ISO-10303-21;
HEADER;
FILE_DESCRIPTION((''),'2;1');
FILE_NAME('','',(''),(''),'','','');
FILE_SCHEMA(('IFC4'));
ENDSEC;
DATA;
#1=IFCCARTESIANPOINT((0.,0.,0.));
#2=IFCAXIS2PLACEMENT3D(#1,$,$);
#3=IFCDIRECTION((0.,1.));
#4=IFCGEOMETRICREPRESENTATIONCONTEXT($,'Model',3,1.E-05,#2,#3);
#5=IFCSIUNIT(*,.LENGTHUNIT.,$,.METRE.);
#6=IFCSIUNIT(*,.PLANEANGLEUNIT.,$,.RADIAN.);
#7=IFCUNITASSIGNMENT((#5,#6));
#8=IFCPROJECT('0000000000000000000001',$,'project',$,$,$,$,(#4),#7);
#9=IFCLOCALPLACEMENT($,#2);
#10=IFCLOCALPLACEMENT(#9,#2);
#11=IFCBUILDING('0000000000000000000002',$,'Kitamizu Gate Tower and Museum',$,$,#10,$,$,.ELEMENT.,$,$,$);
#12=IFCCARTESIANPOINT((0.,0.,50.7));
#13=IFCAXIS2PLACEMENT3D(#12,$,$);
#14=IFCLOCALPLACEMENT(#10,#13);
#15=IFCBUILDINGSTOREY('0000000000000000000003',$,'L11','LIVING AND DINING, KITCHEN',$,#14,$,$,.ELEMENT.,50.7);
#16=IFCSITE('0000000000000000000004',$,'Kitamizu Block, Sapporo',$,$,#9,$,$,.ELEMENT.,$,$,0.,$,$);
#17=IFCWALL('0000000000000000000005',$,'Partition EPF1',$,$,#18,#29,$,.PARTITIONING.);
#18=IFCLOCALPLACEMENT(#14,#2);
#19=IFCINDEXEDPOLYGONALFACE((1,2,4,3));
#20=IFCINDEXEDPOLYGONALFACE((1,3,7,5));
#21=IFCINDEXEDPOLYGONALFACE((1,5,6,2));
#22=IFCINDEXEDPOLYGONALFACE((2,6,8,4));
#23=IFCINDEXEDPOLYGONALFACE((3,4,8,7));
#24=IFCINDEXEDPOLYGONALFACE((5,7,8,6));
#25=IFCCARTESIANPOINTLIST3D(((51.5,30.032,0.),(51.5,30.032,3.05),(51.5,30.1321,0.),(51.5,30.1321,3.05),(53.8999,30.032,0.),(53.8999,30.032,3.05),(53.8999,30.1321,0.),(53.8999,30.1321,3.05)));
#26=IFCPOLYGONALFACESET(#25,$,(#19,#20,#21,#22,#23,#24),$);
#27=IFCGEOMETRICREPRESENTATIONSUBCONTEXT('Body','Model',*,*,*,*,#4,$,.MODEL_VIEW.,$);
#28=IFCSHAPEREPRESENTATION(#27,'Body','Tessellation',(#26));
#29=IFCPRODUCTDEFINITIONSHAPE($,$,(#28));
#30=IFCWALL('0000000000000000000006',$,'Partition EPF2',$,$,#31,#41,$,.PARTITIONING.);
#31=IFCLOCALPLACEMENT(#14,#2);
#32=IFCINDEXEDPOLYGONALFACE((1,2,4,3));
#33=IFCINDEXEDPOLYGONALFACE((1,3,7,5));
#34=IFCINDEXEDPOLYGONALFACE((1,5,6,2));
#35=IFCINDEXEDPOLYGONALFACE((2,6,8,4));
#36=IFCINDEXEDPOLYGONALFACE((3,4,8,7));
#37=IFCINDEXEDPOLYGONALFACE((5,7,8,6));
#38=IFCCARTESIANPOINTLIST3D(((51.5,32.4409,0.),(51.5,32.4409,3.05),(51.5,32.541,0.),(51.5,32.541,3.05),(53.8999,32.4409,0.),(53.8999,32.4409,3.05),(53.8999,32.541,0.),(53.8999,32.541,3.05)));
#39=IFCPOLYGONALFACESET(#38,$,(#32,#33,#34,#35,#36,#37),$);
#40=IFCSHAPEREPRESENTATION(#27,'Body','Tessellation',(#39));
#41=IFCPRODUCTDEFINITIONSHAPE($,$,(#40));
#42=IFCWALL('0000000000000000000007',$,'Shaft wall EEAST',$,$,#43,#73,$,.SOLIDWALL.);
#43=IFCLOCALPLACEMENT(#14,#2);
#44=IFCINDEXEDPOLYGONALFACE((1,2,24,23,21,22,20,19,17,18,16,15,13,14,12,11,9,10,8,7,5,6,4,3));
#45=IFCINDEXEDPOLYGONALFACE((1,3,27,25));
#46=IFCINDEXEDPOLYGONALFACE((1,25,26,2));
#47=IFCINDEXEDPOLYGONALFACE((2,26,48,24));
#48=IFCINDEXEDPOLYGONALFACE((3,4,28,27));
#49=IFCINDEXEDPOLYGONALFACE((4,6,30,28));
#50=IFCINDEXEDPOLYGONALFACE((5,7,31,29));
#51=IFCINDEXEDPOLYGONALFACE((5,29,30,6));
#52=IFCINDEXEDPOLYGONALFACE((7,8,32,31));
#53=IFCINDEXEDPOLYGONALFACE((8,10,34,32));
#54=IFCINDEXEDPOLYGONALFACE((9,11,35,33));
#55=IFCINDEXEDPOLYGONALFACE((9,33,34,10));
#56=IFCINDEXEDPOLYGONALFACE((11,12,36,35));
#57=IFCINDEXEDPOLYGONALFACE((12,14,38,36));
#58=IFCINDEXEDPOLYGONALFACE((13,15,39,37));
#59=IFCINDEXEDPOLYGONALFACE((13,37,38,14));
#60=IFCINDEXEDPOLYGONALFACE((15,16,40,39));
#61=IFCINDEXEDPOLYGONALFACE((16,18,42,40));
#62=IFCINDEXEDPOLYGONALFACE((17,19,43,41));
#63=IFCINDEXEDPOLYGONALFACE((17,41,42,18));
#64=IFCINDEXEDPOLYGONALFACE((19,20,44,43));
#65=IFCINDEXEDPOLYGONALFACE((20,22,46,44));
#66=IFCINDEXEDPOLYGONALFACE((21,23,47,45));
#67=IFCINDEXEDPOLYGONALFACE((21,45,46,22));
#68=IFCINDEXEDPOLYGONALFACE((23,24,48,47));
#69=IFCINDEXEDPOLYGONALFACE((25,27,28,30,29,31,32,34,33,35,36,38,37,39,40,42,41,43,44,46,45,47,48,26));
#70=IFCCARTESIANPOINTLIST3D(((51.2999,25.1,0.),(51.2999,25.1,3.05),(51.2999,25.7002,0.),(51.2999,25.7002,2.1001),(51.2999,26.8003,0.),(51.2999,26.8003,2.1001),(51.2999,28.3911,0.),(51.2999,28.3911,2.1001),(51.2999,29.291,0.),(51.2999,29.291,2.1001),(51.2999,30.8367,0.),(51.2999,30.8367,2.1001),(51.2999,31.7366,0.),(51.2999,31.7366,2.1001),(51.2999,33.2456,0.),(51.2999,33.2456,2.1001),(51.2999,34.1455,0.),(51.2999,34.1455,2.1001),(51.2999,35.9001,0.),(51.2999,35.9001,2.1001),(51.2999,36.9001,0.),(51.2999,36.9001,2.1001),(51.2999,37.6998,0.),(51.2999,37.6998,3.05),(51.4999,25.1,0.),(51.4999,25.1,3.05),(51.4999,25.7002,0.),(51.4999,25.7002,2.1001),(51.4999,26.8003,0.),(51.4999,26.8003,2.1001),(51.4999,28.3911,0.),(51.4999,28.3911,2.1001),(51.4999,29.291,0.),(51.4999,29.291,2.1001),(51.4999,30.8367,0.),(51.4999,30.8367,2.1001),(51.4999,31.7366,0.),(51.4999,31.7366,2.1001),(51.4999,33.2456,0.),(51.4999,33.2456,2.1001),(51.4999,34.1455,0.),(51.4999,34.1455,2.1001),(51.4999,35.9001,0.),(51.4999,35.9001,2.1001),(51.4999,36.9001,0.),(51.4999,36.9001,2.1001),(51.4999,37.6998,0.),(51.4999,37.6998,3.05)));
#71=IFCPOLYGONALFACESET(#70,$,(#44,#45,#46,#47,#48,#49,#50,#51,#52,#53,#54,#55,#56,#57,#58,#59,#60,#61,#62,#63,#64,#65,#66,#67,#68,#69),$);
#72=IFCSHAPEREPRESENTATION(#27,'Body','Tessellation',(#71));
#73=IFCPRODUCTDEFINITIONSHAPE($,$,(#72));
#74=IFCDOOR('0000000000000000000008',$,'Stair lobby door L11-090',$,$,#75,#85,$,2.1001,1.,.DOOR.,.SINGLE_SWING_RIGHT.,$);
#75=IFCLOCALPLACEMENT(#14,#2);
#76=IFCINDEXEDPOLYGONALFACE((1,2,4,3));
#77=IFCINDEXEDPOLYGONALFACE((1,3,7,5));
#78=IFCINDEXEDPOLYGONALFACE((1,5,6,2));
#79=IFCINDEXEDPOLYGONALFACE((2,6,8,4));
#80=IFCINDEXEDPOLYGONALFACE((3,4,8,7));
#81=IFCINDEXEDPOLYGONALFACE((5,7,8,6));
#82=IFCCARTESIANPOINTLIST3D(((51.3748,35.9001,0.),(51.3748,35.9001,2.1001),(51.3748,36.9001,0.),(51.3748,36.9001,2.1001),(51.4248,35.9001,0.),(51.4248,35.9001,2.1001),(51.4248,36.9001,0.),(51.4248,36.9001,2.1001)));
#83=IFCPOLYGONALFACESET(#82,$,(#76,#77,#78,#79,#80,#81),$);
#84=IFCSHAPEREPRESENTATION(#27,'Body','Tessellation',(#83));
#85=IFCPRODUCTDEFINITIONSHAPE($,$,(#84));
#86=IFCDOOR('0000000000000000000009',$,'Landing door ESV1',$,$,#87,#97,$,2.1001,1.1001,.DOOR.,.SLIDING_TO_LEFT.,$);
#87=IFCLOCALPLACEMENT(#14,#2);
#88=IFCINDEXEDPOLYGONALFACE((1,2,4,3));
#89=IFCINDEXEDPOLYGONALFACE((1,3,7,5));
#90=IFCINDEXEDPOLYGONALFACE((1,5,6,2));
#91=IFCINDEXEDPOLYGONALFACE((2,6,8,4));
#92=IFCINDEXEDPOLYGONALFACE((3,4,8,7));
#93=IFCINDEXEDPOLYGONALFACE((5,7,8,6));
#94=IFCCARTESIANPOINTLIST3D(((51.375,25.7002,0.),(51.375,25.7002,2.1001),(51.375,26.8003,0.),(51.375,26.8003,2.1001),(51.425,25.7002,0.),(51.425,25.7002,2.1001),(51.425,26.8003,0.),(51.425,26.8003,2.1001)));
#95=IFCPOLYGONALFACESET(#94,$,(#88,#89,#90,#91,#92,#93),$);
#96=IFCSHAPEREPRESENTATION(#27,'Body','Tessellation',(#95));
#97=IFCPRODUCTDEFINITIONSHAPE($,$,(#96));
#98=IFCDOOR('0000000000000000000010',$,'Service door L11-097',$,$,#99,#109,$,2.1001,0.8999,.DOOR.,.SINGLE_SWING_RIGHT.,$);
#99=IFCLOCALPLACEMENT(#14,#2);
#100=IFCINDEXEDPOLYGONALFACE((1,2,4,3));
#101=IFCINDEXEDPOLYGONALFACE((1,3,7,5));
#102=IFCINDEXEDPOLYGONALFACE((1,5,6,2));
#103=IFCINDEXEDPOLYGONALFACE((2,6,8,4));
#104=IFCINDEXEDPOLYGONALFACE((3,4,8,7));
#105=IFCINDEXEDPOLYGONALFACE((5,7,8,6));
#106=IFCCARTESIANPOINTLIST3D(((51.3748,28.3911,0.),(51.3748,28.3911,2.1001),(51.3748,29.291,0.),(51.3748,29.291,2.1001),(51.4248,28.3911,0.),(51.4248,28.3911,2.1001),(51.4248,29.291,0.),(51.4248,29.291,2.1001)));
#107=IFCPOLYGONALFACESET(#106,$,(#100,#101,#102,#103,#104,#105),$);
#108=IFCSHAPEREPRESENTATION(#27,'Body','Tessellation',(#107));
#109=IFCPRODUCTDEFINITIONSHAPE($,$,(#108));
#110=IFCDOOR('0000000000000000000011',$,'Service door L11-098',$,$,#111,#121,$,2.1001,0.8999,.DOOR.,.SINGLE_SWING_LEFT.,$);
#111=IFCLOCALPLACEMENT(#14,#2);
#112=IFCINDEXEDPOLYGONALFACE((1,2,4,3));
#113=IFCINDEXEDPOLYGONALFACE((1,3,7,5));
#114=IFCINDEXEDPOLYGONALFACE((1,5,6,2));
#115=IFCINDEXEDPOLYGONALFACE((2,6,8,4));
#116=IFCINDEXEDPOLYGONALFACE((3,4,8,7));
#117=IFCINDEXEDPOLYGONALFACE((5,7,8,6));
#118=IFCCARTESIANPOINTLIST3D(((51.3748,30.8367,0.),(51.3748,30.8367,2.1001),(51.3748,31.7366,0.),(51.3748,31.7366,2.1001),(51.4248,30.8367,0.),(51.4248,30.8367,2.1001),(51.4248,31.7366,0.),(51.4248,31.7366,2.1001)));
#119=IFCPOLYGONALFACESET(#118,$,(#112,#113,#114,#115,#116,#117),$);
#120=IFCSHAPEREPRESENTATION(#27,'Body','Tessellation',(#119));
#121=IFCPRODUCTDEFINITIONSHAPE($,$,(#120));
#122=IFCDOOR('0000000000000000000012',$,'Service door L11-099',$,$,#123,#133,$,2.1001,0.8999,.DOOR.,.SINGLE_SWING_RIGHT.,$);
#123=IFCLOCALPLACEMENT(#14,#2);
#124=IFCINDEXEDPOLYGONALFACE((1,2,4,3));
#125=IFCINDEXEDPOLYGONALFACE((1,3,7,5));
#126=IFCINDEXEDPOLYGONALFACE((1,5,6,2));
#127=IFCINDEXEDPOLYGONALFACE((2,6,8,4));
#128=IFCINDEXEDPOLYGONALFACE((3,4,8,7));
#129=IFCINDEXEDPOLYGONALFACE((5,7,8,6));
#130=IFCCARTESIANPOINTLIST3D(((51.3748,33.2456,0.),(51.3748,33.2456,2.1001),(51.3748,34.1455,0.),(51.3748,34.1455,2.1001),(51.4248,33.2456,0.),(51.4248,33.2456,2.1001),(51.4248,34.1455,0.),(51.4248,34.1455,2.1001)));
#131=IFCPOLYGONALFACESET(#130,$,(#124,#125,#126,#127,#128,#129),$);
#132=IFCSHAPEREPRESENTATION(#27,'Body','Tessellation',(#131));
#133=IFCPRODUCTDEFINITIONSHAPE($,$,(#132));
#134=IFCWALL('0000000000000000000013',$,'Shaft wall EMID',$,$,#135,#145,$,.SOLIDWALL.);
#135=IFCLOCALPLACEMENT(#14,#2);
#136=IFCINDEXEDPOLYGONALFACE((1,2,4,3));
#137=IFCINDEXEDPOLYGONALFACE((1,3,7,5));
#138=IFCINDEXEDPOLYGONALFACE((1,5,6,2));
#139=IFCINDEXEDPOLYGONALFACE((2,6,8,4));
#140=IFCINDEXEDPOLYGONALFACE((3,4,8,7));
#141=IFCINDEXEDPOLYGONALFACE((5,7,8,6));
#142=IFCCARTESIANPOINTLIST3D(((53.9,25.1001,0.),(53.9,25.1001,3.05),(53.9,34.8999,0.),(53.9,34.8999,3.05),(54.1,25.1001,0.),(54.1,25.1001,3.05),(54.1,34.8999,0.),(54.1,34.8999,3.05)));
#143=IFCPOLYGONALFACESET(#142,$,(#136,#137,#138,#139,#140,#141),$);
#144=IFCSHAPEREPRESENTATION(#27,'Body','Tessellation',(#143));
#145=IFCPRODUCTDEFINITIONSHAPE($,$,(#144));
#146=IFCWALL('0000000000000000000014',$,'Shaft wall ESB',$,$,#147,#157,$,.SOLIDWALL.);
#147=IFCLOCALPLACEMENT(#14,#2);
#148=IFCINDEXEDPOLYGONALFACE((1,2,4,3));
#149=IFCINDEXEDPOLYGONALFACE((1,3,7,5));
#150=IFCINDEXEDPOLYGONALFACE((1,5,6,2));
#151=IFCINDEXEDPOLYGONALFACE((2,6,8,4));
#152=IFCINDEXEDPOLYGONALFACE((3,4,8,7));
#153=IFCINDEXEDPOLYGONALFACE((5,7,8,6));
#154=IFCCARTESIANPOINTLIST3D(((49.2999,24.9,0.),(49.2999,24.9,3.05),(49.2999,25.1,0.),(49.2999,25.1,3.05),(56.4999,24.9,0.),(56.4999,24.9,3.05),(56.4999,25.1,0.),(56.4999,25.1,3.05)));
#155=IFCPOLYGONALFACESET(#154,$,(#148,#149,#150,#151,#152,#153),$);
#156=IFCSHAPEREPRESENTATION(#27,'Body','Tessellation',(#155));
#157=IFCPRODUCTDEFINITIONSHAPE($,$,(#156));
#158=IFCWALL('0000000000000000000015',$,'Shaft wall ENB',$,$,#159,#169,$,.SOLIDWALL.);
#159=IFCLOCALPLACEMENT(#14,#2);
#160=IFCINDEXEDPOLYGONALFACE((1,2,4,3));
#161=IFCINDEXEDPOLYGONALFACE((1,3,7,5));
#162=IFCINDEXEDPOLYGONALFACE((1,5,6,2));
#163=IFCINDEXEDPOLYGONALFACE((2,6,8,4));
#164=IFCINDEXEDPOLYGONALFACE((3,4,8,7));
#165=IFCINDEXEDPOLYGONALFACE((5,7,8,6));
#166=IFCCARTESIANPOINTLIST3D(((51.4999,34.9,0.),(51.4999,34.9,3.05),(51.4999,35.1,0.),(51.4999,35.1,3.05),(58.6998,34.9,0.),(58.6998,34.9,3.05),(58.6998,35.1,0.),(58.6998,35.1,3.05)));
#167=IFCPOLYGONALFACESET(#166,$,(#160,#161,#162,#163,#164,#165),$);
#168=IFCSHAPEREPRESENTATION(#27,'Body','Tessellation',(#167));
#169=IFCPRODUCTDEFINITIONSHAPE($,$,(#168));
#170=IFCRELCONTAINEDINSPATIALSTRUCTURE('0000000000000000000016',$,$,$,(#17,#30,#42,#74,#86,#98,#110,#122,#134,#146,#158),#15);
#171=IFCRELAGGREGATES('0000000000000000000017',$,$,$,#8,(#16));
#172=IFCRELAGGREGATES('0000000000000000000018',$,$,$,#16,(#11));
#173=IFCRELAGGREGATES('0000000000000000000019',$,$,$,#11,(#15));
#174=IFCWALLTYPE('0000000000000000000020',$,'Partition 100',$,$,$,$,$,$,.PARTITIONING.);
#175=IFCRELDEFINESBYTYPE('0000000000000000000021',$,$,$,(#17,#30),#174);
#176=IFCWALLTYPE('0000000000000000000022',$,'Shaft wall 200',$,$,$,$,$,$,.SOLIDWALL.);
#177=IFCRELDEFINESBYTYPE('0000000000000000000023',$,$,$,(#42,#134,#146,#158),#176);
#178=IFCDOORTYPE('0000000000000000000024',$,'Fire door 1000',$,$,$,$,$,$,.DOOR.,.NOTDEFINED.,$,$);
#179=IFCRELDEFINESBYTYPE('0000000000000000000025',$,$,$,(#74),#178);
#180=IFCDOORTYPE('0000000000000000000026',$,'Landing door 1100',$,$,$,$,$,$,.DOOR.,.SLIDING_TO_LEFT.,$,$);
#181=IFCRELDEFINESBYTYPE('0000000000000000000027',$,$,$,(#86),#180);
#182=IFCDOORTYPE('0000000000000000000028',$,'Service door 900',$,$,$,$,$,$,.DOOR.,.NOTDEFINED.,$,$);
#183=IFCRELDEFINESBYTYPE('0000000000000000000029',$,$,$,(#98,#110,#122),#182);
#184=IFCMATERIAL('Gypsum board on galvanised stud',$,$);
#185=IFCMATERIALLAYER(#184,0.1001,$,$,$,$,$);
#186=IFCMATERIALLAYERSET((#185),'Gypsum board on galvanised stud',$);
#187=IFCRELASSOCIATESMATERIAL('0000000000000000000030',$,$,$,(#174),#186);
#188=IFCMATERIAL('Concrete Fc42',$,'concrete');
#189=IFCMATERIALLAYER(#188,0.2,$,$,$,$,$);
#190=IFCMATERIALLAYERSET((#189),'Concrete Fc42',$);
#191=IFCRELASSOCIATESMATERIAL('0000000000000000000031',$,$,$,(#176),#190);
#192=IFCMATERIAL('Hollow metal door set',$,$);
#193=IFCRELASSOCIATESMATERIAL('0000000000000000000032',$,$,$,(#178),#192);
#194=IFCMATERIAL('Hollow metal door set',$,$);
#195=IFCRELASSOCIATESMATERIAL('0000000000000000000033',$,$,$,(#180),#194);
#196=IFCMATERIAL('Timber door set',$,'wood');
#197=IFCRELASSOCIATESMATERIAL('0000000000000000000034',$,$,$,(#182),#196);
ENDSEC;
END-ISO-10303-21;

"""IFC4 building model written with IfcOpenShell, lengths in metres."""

from ifc_helpers import new_model, si_unit, direction, frame, frame_2d, origin, place, context, subcontext, project, spatial, rectangle, extrude, material, layer, layer_set, type_object, element, fill, save


model = new_model("IFC4")

# Units and contexts
model_context = context("Model", 3, precision=1e-05, world=origin(), true_north=direction((0.0, 1.0)))
body_context = subcontext(model_context, "Body", "Model", "MODEL_VIEW")
ifc_project = project(units=[si_unit("LENGTHUNIT", "METRE"), si_unit("PLANEANGLEUNIT", "RADIAN")], contexts=[model_context])

# Site, building, storey
site_placement = place(None, origin())
site = spatial("IfcSite", under=ifc_project, at=site_placement, Name="Kitamizu Block, Sapporo", CompositionType="ELEMENT", RefElevation=0.0)
building_placement = place(site_placement, origin())
building = spatial("IfcBuilding", under=site, at=building_placement, Name="Kitamizu Gate Tower and Museum", CompositionType="ELEMENT")
storey_placement = place(building_placement, frame((0.0, 0.0, 50.7)))
storey = spatial("IfcBuildingStorey", under=building, at=storey_placement, Name="L11", Description="LIVING AND DINING, KITCHEN", CompositionType="ELEMENT", Elevation=50.7)

# Walls
ifc_material_1 = material(Name="Gypsum board on galvanised stud")
ifc_layer_1 = layer(ifc_material_1, 0.1001)
ifc_layer_set_1 = layer_set([ifc_layer_1], Name="Gypsum board on galvanised stud")
wall_type_1 = type_object("IfcWallType", Name="Partition 100", PredefinedType="PARTITIONING", material=ifc_layer_set_1)
for number, where, z_axis, x_axis, name in (
    (1, (53.8999, 30.082, 0.0), (0.0, 0.0, 1.0), (-1.0, 0.0, 0.0), "Partition EPF1"),
    (2, (53.8999, 32.491, 0.0), (0.0, 0.0, 1.0), (-1.0, 0.0, 0.0), "Partition EPF2"),
):
    element("IfcWall", number, at=place(storey_placement, frame(where, z_axis=z_axis, x_axis=x_axis)), inside=storey, type_object=wall_type_1, Name=name, PredefinedType="PARTITIONING", context=body_context, shape_type="SweptSolid", body=[
        extrude(rectangle(XDim=2.3999, YDim=0.1001, at=frame_2d((1.2, 0.0))), origin(), (0.0, 0.0, 1.0), 3.05),
    ])

# Wall, openings, doors
ifc_material_2 = material(Name="Concrete Fc42", Category="concrete")
ifc_layer_2 = layer(ifc_material_2, 0.2)
ifc_layer_set_2 = layer_set([ifc_layer_2], Name="Concrete Fc42")
wall_type_2 = type_object("IfcWallType", Name="Shaft wall 200", PredefinedType="SOLIDWALL", material=ifc_layer_set_2)
wall_1_placement = place(storey_placement, frame((51.3999, 25.1001, 0.0), z_axis=(0.0, 0.0, 1.0), x_axis=(0.0, 1.0, 0.0)))
wall_1 = element("IfcWall", 3, at=wall_1_placement, inside=storey, type_object=wall_type_2, Name="Shaft wall EEAST", PredefinedType="SOLIDWALL", context=body_context, shape_type="SweptSolid", body=[
    extrude(rectangle(XDim=12.5999, YDim=0.2, at=frame_2d((6.2998, 0.0))), origin(), (0.0, 0.0, 1.0), 3.05),
])
opening_1_placement = place(wall_1_placement, frame((0.6001, 0.0, 0.0)))
opening_1 = element("IfcOpeningElement", 4, at=opening_1_placement, cuts=wall_1, PredefinedType="OPENING", context=body_context, shape_type="SweptSolid", body=[
    extrude(rectangle(XDim=1.1001, YDim=2.1001, at=frame_2d((0.55, 1.05))), frame((0.0, 0.1099, 0.0), z_axis=(0.0, -1.0, 0.0), x_axis=(1.0, 0.0, 0.0)), (0.0, 0.0, 1.0), 0.22),
])
opening_2_placement = place(wall_1_placement, frame((10.8, 0.0, 0.0)))
opening_2 = element("IfcOpeningElement", 5, at=opening_2_placement, cuts=wall_1, PredefinedType="OPENING", context=body_context, shape_type="SweptSolid", body=[
    extrude(rectangle(XDim=1.0, YDim=2.1001, at=frame_2d((0.5, 1.05))), frame((0.0, 0.1099, 0.0), z_axis=(0.0, -1.0, 0.0), x_axis=(1.0, 0.0, 0.0)), (0.0, 0.0, 1.0), 0.22),
])
opening_3_placement = place(wall_1_placement, frame((3.291, 0.0, 0.0)))
opening_3 = element("IfcOpeningElement", 6, at=opening_3_placement, cuts=wall_1, PredefinedType="OPENING", context=body_context, shape_type="SweptSolid", body=[
    extrude(rectangle(XDim=0.8999, YDim=2.1001, at=frame_2d((0.45, 1.05))), frame((0.0, 0.1099, 0.0), z_axis=(0.0, -1.0, 0.0), x_axis=(1.0, 0.0, 0.0)), (0.0, 0.0, 1.0), 0.22),
])
opening_4_placement = place(wall_1_placement, frame((5.7366, 0.0, 0.0)))
opening_4 = element("IfcOpeningElement", 7, at=opening_4_placement, cuts=wall_1, PredefinedType="OPENING", context=body_context, shape_type="SweptSolid", body=[
    extrude(rectangle(XDim=0.8999, YDim=2.1001, at=frame_2d((0.45, 1.05))), frame((0.0, 0.1099, 0.0), z_axis=(0.0, -1.0, 0.0), x_axis=(1.0, 0.0, 0.0)), (0.0, 0.0, 1.0), 0.22),
])
opening_5_placement = place(wall_1_placement, frame((8.1455, 0.0, 0.0)))
opening_5 = element("IfcOpeningElement", 8, at=opening_5_placement, cuts=wall_1, PredefinedType="OPENING", context=body_context, shape_type="SweptSolid", body=[
    extrude(rectangle(XDim=0.8999, YDim=2.1001, at=frame_2d((0.45, 1.05))), frame((0.0, 0.1099, 0.0), z_axis=(0.0, -1.0, 0.0), x_axis=(1.0, 0.0, 0.0)), (0.0, 0.0, 1.0), 0.22),
])
ifc_material_3 = material(Name="Hollow metal door set")
door_type_1 = type_object("IfcDoorType", Name="Fire door 1000", OperationType="NOTDEFINED", PredefinedType="DOOR", material=ifc_material_3)
door_1_placement = place(opening_2_placement, frame((1.0, 0.0, 0.0), x_axis=(-1.0, 0.0, 0.0)))
door_1 = element("IfcDoor", 9, at=door_1_placement, inside=storey, type_object=door_type_1, Name="Stair lobby door L11-090", OperationType="SINGLE_SWING_RIGHT", OverallHeight=2.1001, OverallWidth=1.0, PredefinedType="DOOR", context=body_context, shape_type="SweptSolid", body=[
    extrude(rectangle(XDim=1.0, YDim=2.1001, at=frame_2d((0.5, 1.05))), frame((0.0, 0.0249, 0.0), z_axis=(0.0, -1.0, 0.0), x_axis=(1.0, 0.0, 0.0)), (0.0, 0.0, 1.0), 0.05),
])
fill(opening_2, door_1)
ifc_material_4 = material(Name="Hollow metal door set")
door_type_2 = type_object("IfcDoorType", Name="Landing door 1100", OperationType="SLIDING_TO_LEFT", PredefinedType="DOOR", material=ifc_material_4)
door_2_placement = place(opening_1_placement, origin())
door_2 = element("IfcDoor", 10, at=door_2_placement, inside=storey, type_object=door_type_2, Name="Landing door ESV1", OperationType="SLIDING_TO_LEFT", OverallHeight=2.1001, OverallWidth=1.1001, PredefinedType="DOOR", context=body_context, shape_type="SweptSolid", body=[
    extrude(rectangle(XDim=1.1001, YDim=2.1001, at=frame_2d((0.55, 1.05))), frame((0.0, 0.0249, 0.0), z_axis=(0.0, -1.0, 0.0), x_axis=(1.0, 0.0, 0.0)), (0.0, 0.0, 1.0), 0.05),
])
fill(opening_1, door_2)
ifc_material_5 = material(Name="Timber door set", Category="wood")
door_type_3 = type_object("IfcDoorType", Name="Service door 900", OperationType="NOTDEFINED", PredefinedType="DOOR", material=ifc_material_5)
door_3_placement = place(opening_3_placement, frame((0.8999, 0.0, 0.0), x_axis=(-1.0, 0.0, 0.0)))
door_3 = element("IfcDoor", 11, at=door_3_placement, inside=storey, type_object=door_type_3, Name="Service door L11-097", OperationType="SINGLE_SWING_RIGHT", OverallHeight=2.1001, OverallWidth=0.8999, PredefinedType="DOOR", context=body_context, shape_type="SweptSolid", body=[
    extrude(rectangle(XDim=0.8999, YDim=2.1001, at=frame_2d((0.45, 1.05))), frame((0.0, 0.0249, 0.0), z_axis=(0.0, -1.0, 0.0), x_axis=(1.0, 0.0, 0.0)), (0.0, 0.0, 1.0), 0.05),
])
fill(opening_3, door_3)
door_4_placement = place(opening_4_placement, frame((0.8999, 0.0, 0.0), x_axis=(-1.0, 0.0, 0.0)))
door_4 = element("IfcDoor", 12, at=door_4_placement, inside=storey, type_object=door_type_3, Name="Service door L11-098", OperationType="SINGLE_SWING_LEFT", OverallHeight=2.1001, OverallWidth=0.8999, PredefinedType="DOOR", context=body_context, shape_type="SweptSolid", body=[
    extrude(rectangle(XDim=0.8999, YDim=2.1001, at=frame_2d((0.45, 1.05))), frame((0.0, 0.0249, 0.0), z_axis=(0.0, -1.0, 0.0), x_axis=(1.0, 0.0, 0.0)), (0.0, 0.0, 1.0), 0.05),
])
fill(opening_4, door_4)
door_5_placement = place(opening_5_placement, frame((0.8999, 0.0, 0.0), x_axis=(-1.0, 0.0, 0.0)))
door_5 = element("IfcDoor", 13, at=door_5_placement, inside=storey, type_object=door_type_3, Name="Service door L11-099", OperationType="SINGLE_SWING_RIGHT", OverallHeight=2.1001, OverallWidth=0.8999, PredefinedType="DOOR", context=body_context, shape_type="SweptSolid", body=[
    extrude(rectangle(XDim=0.8999, YDim=2.1001, at=frame_2d((0.45, 1.05))), frame((0.0, 0.0249, 0.0), z_axis=(0.0, -1.0, 0.0), x_axis=(1.0, 0.0, 0.0)), (0.0, 0.0, 1.0), 0.05),
])
fill(opening_5, door_5)

# Walls
wall_2_placement = place(storey_placement, frame((54.0, 25.1001, 0.0), z_axis=(0.0, 0.0, 1.0), x_axis=(0.0, 1.0, 0.0)))
element("IfcWall", 14, at=wall_2_placement, inside=storey, type_object=wall_type_2, Name="Shaft wall EMID", PredefinedType="SOLIDWALL", context=body_context, shape_type="SweptSolid", body=[
    extrude(rectangle(XDim=9.7998, YDim=0.2, at=frame_2d((4.8999, 0.0))), origin(), (0.0, 0.0, 1.0), 3.05),
])
for number, where, z_axis, x_axis, name in (
    (15, (56.5, 25.0, 0.0), (0.0, 0.0, 1.0), (-1.0, 0.0, 0.0), "Shaft wall ESB"),
    (16, (58.7, 35.0, 0.0), (0.0, 0.0, 1.0), (-1.0, 0.0, 0.0), "Shaft wall ENB"),
):
    element("IfcWall", number, at=place(storey_placement, frame(where, z_axis=z_axis, x_axis=x_axis)), inside=storey, type_object=wall_type_2, Name=name, PredefinedType="SOLIDWALL", context=body_context, shape_type="SweptSolid", body=[
        extrude(rectangle(XDim=7.2, YDim=0.2, at=frame_2d((3.6001, 0.0))), origin(), (0.0, 0.0, 1.0), 3.05),
    ])

save(model, "model.ifc")
